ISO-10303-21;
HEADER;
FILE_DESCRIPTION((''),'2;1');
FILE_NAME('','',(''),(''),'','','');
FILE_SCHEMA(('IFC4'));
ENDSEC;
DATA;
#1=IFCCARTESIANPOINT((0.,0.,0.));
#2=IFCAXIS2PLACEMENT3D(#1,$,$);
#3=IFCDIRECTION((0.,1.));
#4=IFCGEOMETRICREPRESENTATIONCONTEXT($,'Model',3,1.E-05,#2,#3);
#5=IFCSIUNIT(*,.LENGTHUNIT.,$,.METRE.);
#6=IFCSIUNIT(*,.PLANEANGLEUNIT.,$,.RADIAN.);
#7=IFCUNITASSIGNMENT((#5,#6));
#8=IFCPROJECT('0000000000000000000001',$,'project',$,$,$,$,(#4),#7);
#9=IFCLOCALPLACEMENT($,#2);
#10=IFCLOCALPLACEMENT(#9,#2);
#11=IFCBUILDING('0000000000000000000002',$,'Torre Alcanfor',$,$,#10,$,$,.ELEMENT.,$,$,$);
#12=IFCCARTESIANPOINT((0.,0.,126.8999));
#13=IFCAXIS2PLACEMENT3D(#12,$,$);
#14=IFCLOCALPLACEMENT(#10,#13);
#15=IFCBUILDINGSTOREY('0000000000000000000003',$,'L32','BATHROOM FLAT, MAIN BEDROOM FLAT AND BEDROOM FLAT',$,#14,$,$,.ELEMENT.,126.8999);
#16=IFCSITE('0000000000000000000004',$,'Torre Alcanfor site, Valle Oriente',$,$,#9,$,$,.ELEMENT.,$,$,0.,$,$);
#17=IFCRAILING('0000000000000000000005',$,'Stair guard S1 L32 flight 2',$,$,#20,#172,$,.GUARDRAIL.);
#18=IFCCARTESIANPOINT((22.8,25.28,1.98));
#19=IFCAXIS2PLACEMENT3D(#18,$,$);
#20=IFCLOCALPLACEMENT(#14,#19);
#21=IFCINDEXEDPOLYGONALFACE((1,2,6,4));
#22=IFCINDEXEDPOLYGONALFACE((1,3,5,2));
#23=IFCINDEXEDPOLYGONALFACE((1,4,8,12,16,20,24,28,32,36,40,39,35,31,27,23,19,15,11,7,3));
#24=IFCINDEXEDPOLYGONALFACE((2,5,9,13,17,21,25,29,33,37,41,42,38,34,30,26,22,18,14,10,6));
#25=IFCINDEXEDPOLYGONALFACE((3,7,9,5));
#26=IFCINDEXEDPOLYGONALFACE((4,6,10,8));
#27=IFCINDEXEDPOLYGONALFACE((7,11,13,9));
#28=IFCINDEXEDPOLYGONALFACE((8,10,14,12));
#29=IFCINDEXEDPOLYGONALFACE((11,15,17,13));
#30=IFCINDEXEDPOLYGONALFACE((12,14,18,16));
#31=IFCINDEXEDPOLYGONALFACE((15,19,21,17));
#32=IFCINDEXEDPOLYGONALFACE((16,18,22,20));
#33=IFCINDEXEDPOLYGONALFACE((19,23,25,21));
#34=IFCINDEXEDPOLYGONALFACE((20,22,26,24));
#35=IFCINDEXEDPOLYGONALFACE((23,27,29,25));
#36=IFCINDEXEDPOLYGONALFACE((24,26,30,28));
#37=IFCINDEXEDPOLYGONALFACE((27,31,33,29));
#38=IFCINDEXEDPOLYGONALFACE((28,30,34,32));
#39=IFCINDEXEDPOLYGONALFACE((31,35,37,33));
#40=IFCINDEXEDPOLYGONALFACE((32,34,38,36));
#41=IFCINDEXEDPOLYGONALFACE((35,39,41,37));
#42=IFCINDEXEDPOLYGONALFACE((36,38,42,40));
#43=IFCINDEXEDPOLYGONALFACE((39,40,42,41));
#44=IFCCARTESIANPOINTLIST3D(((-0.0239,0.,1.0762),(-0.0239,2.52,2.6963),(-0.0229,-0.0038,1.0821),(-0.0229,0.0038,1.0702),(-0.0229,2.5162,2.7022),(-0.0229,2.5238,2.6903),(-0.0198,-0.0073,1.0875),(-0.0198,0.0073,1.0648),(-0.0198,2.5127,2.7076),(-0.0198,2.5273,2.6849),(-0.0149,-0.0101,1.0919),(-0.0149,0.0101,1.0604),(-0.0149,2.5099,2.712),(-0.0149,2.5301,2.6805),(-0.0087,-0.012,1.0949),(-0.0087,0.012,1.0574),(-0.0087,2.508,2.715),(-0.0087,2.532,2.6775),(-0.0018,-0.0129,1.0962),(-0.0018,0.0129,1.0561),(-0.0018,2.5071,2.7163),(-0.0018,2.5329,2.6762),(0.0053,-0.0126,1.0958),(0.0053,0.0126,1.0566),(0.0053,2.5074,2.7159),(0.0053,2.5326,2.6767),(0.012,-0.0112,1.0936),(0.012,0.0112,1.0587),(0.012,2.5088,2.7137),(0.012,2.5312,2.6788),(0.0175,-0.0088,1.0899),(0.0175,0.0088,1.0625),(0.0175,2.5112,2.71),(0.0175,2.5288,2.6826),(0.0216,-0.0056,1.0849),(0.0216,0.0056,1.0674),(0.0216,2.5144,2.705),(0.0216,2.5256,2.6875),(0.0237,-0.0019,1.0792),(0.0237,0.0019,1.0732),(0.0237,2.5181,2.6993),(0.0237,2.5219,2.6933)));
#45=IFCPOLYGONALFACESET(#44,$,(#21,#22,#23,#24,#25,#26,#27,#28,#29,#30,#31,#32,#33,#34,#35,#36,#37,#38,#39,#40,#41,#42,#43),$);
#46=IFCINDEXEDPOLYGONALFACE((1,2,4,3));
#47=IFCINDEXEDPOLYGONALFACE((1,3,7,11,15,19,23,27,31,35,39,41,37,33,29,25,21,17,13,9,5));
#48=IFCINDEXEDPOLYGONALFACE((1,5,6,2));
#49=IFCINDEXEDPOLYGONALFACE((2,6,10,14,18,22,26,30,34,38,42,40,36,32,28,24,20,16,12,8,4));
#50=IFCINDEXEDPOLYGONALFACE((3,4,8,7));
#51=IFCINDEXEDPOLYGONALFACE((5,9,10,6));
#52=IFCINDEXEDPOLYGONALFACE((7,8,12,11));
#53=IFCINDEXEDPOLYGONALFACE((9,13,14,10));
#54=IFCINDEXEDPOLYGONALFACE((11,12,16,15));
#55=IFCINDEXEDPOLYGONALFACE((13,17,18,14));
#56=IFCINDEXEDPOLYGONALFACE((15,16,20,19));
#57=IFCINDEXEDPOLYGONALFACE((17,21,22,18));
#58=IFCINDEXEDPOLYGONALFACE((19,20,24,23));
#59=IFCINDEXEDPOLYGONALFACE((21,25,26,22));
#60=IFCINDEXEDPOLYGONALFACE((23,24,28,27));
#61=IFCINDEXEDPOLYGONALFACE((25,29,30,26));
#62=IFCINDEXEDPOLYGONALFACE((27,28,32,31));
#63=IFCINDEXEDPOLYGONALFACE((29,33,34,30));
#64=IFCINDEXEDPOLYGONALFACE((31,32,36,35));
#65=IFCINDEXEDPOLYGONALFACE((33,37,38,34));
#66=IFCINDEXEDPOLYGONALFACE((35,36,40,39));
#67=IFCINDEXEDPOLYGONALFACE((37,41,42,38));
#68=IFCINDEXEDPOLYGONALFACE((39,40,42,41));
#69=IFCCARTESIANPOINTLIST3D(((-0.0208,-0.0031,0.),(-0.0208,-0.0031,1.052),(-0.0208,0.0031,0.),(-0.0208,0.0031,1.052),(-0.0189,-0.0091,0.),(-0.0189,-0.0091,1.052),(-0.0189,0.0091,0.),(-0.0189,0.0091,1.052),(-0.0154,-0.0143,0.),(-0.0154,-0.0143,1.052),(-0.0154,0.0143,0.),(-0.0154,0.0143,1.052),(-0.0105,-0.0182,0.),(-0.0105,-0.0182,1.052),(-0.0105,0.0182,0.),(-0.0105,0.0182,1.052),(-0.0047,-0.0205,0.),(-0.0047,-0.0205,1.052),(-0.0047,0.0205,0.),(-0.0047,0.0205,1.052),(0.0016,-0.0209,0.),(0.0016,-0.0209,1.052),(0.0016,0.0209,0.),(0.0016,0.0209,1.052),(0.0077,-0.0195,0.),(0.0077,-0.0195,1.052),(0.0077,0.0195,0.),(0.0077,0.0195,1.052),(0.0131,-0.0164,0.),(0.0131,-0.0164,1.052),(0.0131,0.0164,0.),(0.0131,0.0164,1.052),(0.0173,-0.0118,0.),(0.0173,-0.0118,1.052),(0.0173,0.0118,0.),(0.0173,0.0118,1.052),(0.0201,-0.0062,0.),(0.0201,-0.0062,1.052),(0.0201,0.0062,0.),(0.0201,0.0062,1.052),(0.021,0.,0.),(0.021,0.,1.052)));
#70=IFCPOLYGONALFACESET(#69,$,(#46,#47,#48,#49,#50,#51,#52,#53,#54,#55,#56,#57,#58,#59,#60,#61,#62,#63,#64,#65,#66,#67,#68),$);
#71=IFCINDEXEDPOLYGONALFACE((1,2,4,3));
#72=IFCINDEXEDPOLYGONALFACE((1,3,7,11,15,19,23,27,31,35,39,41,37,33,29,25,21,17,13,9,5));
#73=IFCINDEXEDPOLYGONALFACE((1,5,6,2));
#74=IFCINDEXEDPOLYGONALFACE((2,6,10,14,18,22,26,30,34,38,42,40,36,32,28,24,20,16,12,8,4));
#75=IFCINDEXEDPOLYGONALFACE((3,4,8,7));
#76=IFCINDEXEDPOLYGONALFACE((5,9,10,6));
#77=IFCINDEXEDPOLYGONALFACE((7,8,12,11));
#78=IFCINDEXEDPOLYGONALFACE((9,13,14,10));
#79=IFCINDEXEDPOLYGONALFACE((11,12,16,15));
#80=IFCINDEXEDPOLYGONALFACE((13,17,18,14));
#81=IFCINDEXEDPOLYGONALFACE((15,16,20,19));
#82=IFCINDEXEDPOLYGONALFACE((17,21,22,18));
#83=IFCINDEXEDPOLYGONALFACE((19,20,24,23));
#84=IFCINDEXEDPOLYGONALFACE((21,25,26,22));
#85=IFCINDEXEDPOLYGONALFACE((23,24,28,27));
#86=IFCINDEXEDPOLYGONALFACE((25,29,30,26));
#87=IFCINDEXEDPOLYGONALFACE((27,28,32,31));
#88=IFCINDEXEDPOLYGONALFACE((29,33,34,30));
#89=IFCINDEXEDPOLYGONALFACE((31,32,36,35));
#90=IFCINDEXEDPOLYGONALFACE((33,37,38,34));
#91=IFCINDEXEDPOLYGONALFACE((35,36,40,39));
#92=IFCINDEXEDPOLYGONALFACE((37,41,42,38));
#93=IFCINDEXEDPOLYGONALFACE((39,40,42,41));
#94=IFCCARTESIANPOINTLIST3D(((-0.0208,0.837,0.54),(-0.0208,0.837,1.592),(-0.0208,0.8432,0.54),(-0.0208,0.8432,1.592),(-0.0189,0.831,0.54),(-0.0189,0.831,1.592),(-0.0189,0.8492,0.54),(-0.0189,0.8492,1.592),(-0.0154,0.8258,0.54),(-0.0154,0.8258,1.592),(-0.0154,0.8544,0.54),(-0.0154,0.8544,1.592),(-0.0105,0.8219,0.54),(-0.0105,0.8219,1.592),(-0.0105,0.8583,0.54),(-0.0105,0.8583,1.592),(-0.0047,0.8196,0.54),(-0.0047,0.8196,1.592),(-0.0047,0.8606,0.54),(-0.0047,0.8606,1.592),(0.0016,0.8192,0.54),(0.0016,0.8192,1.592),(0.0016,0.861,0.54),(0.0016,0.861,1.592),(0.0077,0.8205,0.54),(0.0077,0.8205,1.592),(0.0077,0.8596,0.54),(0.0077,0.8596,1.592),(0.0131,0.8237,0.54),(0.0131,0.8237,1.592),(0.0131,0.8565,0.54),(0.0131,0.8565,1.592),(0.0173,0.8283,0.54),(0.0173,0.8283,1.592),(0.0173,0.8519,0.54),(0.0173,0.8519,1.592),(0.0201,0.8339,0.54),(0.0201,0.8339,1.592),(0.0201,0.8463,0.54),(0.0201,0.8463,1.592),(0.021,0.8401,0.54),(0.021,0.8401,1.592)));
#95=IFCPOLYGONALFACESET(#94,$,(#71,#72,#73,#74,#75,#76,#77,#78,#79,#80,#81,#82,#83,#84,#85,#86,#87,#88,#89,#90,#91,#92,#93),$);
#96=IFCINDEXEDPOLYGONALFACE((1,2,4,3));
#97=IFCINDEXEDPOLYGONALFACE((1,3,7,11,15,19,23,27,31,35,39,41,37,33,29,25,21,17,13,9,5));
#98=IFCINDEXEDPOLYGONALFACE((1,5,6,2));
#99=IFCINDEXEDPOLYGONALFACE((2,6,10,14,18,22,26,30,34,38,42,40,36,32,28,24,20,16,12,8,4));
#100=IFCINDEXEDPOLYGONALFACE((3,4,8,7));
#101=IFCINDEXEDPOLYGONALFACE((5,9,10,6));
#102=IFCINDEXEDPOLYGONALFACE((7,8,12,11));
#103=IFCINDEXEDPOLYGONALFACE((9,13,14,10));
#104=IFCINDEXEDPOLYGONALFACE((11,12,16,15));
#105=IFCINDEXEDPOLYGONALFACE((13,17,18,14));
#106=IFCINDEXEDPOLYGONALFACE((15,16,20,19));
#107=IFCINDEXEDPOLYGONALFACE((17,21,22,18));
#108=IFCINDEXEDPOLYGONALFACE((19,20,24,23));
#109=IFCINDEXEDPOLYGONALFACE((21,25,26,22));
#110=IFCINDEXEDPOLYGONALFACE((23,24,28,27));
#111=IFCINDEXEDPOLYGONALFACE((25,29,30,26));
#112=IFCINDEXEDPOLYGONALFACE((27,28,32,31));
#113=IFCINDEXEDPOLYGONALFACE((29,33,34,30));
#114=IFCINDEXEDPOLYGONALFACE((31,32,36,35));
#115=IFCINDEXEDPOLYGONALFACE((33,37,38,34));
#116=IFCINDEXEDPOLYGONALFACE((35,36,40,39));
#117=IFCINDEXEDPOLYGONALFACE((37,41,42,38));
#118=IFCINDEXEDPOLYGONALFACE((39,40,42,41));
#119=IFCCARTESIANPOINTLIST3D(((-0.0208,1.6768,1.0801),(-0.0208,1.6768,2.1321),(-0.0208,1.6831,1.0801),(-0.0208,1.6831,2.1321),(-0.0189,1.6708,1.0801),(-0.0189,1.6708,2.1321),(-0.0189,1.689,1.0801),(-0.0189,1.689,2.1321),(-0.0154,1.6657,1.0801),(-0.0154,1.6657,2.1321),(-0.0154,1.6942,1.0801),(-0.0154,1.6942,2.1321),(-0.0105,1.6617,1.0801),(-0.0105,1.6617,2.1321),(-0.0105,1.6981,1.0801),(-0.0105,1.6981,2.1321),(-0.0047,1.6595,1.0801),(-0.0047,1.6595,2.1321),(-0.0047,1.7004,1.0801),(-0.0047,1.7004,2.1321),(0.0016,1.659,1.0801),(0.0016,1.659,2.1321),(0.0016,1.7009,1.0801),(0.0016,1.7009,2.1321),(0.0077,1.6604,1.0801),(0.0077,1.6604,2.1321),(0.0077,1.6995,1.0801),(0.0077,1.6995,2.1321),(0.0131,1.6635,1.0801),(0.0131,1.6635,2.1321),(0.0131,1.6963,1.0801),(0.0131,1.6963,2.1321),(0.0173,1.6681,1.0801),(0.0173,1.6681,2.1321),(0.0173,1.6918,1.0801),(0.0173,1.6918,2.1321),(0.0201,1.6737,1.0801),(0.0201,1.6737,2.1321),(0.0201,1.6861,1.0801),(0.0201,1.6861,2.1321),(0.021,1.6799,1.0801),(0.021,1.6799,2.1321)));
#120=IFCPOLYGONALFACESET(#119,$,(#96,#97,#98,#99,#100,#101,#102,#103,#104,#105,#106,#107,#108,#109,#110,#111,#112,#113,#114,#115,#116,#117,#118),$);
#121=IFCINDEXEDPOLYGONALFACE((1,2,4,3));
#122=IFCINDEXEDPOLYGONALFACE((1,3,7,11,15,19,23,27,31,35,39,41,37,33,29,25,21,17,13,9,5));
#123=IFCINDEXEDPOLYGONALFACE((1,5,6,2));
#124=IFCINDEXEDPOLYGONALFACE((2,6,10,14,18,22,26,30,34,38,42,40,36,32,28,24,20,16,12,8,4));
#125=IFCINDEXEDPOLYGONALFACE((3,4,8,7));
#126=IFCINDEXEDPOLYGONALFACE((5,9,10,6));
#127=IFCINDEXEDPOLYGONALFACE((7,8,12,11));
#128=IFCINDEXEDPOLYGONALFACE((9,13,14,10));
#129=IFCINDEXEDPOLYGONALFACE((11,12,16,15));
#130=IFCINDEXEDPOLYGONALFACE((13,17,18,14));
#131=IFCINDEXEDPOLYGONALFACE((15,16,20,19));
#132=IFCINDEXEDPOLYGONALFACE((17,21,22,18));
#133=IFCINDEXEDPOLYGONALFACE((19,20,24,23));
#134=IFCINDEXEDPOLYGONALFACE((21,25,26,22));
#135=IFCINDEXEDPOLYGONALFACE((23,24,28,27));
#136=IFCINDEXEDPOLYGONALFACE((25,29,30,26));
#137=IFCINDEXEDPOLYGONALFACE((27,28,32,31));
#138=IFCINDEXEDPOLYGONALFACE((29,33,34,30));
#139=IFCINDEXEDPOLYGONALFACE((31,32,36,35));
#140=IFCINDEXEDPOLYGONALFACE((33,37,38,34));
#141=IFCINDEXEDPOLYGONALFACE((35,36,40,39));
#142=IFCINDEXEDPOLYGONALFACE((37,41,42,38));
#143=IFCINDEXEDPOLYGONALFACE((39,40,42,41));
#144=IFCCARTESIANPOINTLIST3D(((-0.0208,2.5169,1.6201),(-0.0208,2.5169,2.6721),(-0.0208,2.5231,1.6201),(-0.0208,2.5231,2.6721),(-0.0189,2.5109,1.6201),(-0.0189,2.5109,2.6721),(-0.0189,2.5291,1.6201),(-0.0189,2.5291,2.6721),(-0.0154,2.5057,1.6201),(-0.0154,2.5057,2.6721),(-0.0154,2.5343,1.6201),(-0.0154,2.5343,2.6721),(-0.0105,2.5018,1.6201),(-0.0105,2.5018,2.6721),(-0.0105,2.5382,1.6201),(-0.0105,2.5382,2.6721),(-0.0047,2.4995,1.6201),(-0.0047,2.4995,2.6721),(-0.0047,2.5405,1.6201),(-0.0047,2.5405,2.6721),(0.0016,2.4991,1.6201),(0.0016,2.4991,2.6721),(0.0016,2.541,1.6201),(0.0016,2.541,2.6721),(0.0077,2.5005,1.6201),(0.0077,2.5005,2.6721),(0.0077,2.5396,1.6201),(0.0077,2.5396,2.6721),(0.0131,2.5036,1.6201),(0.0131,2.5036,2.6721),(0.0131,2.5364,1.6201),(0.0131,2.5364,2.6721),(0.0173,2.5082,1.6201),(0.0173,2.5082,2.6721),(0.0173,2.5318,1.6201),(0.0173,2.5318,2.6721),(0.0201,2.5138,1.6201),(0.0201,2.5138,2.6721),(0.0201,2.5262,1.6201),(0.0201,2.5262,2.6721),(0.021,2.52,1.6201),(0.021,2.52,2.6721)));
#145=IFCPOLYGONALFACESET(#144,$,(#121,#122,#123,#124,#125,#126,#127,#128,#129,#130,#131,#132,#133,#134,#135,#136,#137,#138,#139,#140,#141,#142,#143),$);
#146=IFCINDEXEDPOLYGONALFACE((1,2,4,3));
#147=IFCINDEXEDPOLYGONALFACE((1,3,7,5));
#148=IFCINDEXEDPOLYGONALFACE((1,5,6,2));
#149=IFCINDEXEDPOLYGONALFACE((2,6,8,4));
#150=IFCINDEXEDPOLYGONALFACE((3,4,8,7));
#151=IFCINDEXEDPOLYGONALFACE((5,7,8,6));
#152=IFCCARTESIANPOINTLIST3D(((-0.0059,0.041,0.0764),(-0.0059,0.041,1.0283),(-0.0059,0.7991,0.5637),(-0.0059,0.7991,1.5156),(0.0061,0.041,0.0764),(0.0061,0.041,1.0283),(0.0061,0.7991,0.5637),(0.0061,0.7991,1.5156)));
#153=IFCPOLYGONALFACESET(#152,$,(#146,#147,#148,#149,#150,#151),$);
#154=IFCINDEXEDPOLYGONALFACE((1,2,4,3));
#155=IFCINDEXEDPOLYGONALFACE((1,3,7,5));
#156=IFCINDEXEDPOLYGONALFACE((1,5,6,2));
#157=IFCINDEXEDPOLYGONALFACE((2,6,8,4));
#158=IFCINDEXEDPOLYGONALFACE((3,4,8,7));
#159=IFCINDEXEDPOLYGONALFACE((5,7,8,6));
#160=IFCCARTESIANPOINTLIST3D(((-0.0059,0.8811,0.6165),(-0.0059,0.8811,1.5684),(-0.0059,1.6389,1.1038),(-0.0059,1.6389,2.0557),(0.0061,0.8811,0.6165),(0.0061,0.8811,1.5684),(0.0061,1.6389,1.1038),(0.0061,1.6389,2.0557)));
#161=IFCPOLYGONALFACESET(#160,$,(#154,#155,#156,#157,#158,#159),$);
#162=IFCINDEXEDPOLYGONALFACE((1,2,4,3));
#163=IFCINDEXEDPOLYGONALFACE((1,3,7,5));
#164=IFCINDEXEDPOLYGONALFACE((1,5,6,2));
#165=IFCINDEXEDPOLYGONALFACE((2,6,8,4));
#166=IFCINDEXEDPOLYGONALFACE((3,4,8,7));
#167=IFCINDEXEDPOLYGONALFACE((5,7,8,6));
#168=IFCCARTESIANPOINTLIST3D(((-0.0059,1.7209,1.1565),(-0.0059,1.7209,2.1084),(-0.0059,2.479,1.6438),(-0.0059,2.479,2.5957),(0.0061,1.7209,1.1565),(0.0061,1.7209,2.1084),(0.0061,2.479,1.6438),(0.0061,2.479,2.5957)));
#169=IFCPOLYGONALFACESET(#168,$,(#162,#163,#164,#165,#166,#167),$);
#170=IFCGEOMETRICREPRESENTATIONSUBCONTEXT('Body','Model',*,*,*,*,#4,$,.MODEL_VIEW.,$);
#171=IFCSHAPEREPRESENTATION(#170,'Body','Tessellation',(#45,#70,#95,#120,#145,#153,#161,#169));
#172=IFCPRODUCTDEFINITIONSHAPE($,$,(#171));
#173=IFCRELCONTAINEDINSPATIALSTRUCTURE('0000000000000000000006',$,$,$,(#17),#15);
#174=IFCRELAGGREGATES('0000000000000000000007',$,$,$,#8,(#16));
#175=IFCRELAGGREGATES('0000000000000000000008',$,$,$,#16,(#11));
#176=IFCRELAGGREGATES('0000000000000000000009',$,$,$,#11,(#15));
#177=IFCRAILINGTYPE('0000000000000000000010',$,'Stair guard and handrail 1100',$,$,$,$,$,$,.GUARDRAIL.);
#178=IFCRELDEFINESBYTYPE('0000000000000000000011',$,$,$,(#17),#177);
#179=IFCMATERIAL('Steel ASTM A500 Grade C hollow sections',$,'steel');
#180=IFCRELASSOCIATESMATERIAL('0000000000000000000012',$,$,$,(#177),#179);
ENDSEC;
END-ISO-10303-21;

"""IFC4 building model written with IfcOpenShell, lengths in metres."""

from ifc_helpers import new_model, si_unit, direction, frame, origin, origin_2d, place, context, subcontext, project, spatial, polyline, circle, outline, extrude, material, type_object, element, save


model = new_model("IFC4")

# Units and contexts
model_context = context("Model", 3, precision=1e-05, world=origin(), true_north=direction((0.0, 1.0)))
body_context = subcontext(model_context, "Body", "Model", "MODEL_VIEW")
ifc_project = project(units=[si_unit("LENGTHUNIT", "METRE"), si_unit("PLANEANGLEUNIT", "RADIAN")], contexts=[model_context])

# Site, building, storey
site_placement = place(None, origin())
site = spatial("IfcSite", under=ifc_project, at=site_placement, Name="Torre Alcanfor site, Valle Oriente", CompositionType="ELEMENT", RefElevation=0.0)
building_placement = place(site_placement, origin())
building = spatial("IfcBuilding", under=site, at=building_placement, Name="Torre Alcanfor", CompositionType="ELEMENT")
storey_placement = place(building_placement, frame((0.0, 0.0, 126.8999)))
storey = spatial("IfcBuildingStorey", under=building, at=storey_placement, Name="L32", Description="BATHROOM FLAT, MAIN BEDROOM FLAT AND BEDROOM FLAT", CompositionType="ELEMENT", Elevation=126.8999)

# Railing
ifc_material_1 = material(Name="Steel ASTM A500 Grade C hollow sections", Category="steel")
railing_type_1 = type_object("IfcRailingType", Name="Stair guard and handrail 1100", PredefinedType="GUARDRAIL", material=ifc_material_1)
railing_1_placement = place(storey_placement, frame((22.8, 25.28, 1.98)))
element("IfcRailing", 1, at=railing_1_placement, inside=storey, type_object=railing_type_1, Name="Stair guard S1 L32 flight 2", PredefinedType="GUARDRAIL", context=body_context, shape_type="SweptSolid", body=[
    extrude(circle(Radius=0.0239, at=origin_2d()), frame((0.0, 0.0, 1.0762), z_axis=(0.0, 0.841163, 0.540782), x_axis=(-1.0, 0.0, 0.0)), (0.0, 0.0, 1.0), 2.9958),
    extrude(circle(Radius=0.021, at=origin_2d()), origin(), (0.0, 0.0, 1.0), 1.052),
    extrude(circle(Radius=0.021, at=origin_2d()), frame((0.0, 0.8401, 0.54)), (0.0, 0.0, 1.0), 1.052),
    extrude(circle(Radius=0.021, at=origin_2d()), frame((0.0, 1.6799, 1.0801)), (0.0, 0.0, 1.0), 1.052),
    extrude(circle(Radius=0.021, at=origin_2d()), frame((0.0, 2.52, 1.6201)), (0.0, 0.0, 1.0), 1.052),
    extrude(outline(polyline([(0.041, 0.0764), (0.7991, 0.5637), (0.7991, 1.5156), (0.041, 1.0283), (0.041, 0.0764)])), frame((-0.0059, 0.0, 0.0), z_axis=(1.0, 0.0, 0.0), x_axis=(0.0, 1.0, 0.0)), (0.0, 0.0, 1.0), 0.012),
    extrude(outline(polyline([(0.8811, 0.6165), (1.6389, 1.1038), (1.6389, 2.0557), (0.8811, 1.5684), (0.8811, 0.6165)])), frame((-0.0059, 0.0, 0.0), z_axis=(1.0, 0.0, 0.0), x_axis=(0.0, 1.0, 0.0)), (0.0, 0.0, 1.0), 0.012),
    extrude(outline(polyline([(1.7209, 1.1565), (2.479, 1.6438), (2.479, 2.5957), (1.7209, 2.1084), (1.7209, 1.1565)])), frame((-0.0059, 0.0, 0.0), z_axis=(1.0, 0.0, 0.0), x_axis=(0.0, 1.0, 0.0)), (0.0, 0.0, 1.0), 0.012),
])

save(model, "model.ifc")
